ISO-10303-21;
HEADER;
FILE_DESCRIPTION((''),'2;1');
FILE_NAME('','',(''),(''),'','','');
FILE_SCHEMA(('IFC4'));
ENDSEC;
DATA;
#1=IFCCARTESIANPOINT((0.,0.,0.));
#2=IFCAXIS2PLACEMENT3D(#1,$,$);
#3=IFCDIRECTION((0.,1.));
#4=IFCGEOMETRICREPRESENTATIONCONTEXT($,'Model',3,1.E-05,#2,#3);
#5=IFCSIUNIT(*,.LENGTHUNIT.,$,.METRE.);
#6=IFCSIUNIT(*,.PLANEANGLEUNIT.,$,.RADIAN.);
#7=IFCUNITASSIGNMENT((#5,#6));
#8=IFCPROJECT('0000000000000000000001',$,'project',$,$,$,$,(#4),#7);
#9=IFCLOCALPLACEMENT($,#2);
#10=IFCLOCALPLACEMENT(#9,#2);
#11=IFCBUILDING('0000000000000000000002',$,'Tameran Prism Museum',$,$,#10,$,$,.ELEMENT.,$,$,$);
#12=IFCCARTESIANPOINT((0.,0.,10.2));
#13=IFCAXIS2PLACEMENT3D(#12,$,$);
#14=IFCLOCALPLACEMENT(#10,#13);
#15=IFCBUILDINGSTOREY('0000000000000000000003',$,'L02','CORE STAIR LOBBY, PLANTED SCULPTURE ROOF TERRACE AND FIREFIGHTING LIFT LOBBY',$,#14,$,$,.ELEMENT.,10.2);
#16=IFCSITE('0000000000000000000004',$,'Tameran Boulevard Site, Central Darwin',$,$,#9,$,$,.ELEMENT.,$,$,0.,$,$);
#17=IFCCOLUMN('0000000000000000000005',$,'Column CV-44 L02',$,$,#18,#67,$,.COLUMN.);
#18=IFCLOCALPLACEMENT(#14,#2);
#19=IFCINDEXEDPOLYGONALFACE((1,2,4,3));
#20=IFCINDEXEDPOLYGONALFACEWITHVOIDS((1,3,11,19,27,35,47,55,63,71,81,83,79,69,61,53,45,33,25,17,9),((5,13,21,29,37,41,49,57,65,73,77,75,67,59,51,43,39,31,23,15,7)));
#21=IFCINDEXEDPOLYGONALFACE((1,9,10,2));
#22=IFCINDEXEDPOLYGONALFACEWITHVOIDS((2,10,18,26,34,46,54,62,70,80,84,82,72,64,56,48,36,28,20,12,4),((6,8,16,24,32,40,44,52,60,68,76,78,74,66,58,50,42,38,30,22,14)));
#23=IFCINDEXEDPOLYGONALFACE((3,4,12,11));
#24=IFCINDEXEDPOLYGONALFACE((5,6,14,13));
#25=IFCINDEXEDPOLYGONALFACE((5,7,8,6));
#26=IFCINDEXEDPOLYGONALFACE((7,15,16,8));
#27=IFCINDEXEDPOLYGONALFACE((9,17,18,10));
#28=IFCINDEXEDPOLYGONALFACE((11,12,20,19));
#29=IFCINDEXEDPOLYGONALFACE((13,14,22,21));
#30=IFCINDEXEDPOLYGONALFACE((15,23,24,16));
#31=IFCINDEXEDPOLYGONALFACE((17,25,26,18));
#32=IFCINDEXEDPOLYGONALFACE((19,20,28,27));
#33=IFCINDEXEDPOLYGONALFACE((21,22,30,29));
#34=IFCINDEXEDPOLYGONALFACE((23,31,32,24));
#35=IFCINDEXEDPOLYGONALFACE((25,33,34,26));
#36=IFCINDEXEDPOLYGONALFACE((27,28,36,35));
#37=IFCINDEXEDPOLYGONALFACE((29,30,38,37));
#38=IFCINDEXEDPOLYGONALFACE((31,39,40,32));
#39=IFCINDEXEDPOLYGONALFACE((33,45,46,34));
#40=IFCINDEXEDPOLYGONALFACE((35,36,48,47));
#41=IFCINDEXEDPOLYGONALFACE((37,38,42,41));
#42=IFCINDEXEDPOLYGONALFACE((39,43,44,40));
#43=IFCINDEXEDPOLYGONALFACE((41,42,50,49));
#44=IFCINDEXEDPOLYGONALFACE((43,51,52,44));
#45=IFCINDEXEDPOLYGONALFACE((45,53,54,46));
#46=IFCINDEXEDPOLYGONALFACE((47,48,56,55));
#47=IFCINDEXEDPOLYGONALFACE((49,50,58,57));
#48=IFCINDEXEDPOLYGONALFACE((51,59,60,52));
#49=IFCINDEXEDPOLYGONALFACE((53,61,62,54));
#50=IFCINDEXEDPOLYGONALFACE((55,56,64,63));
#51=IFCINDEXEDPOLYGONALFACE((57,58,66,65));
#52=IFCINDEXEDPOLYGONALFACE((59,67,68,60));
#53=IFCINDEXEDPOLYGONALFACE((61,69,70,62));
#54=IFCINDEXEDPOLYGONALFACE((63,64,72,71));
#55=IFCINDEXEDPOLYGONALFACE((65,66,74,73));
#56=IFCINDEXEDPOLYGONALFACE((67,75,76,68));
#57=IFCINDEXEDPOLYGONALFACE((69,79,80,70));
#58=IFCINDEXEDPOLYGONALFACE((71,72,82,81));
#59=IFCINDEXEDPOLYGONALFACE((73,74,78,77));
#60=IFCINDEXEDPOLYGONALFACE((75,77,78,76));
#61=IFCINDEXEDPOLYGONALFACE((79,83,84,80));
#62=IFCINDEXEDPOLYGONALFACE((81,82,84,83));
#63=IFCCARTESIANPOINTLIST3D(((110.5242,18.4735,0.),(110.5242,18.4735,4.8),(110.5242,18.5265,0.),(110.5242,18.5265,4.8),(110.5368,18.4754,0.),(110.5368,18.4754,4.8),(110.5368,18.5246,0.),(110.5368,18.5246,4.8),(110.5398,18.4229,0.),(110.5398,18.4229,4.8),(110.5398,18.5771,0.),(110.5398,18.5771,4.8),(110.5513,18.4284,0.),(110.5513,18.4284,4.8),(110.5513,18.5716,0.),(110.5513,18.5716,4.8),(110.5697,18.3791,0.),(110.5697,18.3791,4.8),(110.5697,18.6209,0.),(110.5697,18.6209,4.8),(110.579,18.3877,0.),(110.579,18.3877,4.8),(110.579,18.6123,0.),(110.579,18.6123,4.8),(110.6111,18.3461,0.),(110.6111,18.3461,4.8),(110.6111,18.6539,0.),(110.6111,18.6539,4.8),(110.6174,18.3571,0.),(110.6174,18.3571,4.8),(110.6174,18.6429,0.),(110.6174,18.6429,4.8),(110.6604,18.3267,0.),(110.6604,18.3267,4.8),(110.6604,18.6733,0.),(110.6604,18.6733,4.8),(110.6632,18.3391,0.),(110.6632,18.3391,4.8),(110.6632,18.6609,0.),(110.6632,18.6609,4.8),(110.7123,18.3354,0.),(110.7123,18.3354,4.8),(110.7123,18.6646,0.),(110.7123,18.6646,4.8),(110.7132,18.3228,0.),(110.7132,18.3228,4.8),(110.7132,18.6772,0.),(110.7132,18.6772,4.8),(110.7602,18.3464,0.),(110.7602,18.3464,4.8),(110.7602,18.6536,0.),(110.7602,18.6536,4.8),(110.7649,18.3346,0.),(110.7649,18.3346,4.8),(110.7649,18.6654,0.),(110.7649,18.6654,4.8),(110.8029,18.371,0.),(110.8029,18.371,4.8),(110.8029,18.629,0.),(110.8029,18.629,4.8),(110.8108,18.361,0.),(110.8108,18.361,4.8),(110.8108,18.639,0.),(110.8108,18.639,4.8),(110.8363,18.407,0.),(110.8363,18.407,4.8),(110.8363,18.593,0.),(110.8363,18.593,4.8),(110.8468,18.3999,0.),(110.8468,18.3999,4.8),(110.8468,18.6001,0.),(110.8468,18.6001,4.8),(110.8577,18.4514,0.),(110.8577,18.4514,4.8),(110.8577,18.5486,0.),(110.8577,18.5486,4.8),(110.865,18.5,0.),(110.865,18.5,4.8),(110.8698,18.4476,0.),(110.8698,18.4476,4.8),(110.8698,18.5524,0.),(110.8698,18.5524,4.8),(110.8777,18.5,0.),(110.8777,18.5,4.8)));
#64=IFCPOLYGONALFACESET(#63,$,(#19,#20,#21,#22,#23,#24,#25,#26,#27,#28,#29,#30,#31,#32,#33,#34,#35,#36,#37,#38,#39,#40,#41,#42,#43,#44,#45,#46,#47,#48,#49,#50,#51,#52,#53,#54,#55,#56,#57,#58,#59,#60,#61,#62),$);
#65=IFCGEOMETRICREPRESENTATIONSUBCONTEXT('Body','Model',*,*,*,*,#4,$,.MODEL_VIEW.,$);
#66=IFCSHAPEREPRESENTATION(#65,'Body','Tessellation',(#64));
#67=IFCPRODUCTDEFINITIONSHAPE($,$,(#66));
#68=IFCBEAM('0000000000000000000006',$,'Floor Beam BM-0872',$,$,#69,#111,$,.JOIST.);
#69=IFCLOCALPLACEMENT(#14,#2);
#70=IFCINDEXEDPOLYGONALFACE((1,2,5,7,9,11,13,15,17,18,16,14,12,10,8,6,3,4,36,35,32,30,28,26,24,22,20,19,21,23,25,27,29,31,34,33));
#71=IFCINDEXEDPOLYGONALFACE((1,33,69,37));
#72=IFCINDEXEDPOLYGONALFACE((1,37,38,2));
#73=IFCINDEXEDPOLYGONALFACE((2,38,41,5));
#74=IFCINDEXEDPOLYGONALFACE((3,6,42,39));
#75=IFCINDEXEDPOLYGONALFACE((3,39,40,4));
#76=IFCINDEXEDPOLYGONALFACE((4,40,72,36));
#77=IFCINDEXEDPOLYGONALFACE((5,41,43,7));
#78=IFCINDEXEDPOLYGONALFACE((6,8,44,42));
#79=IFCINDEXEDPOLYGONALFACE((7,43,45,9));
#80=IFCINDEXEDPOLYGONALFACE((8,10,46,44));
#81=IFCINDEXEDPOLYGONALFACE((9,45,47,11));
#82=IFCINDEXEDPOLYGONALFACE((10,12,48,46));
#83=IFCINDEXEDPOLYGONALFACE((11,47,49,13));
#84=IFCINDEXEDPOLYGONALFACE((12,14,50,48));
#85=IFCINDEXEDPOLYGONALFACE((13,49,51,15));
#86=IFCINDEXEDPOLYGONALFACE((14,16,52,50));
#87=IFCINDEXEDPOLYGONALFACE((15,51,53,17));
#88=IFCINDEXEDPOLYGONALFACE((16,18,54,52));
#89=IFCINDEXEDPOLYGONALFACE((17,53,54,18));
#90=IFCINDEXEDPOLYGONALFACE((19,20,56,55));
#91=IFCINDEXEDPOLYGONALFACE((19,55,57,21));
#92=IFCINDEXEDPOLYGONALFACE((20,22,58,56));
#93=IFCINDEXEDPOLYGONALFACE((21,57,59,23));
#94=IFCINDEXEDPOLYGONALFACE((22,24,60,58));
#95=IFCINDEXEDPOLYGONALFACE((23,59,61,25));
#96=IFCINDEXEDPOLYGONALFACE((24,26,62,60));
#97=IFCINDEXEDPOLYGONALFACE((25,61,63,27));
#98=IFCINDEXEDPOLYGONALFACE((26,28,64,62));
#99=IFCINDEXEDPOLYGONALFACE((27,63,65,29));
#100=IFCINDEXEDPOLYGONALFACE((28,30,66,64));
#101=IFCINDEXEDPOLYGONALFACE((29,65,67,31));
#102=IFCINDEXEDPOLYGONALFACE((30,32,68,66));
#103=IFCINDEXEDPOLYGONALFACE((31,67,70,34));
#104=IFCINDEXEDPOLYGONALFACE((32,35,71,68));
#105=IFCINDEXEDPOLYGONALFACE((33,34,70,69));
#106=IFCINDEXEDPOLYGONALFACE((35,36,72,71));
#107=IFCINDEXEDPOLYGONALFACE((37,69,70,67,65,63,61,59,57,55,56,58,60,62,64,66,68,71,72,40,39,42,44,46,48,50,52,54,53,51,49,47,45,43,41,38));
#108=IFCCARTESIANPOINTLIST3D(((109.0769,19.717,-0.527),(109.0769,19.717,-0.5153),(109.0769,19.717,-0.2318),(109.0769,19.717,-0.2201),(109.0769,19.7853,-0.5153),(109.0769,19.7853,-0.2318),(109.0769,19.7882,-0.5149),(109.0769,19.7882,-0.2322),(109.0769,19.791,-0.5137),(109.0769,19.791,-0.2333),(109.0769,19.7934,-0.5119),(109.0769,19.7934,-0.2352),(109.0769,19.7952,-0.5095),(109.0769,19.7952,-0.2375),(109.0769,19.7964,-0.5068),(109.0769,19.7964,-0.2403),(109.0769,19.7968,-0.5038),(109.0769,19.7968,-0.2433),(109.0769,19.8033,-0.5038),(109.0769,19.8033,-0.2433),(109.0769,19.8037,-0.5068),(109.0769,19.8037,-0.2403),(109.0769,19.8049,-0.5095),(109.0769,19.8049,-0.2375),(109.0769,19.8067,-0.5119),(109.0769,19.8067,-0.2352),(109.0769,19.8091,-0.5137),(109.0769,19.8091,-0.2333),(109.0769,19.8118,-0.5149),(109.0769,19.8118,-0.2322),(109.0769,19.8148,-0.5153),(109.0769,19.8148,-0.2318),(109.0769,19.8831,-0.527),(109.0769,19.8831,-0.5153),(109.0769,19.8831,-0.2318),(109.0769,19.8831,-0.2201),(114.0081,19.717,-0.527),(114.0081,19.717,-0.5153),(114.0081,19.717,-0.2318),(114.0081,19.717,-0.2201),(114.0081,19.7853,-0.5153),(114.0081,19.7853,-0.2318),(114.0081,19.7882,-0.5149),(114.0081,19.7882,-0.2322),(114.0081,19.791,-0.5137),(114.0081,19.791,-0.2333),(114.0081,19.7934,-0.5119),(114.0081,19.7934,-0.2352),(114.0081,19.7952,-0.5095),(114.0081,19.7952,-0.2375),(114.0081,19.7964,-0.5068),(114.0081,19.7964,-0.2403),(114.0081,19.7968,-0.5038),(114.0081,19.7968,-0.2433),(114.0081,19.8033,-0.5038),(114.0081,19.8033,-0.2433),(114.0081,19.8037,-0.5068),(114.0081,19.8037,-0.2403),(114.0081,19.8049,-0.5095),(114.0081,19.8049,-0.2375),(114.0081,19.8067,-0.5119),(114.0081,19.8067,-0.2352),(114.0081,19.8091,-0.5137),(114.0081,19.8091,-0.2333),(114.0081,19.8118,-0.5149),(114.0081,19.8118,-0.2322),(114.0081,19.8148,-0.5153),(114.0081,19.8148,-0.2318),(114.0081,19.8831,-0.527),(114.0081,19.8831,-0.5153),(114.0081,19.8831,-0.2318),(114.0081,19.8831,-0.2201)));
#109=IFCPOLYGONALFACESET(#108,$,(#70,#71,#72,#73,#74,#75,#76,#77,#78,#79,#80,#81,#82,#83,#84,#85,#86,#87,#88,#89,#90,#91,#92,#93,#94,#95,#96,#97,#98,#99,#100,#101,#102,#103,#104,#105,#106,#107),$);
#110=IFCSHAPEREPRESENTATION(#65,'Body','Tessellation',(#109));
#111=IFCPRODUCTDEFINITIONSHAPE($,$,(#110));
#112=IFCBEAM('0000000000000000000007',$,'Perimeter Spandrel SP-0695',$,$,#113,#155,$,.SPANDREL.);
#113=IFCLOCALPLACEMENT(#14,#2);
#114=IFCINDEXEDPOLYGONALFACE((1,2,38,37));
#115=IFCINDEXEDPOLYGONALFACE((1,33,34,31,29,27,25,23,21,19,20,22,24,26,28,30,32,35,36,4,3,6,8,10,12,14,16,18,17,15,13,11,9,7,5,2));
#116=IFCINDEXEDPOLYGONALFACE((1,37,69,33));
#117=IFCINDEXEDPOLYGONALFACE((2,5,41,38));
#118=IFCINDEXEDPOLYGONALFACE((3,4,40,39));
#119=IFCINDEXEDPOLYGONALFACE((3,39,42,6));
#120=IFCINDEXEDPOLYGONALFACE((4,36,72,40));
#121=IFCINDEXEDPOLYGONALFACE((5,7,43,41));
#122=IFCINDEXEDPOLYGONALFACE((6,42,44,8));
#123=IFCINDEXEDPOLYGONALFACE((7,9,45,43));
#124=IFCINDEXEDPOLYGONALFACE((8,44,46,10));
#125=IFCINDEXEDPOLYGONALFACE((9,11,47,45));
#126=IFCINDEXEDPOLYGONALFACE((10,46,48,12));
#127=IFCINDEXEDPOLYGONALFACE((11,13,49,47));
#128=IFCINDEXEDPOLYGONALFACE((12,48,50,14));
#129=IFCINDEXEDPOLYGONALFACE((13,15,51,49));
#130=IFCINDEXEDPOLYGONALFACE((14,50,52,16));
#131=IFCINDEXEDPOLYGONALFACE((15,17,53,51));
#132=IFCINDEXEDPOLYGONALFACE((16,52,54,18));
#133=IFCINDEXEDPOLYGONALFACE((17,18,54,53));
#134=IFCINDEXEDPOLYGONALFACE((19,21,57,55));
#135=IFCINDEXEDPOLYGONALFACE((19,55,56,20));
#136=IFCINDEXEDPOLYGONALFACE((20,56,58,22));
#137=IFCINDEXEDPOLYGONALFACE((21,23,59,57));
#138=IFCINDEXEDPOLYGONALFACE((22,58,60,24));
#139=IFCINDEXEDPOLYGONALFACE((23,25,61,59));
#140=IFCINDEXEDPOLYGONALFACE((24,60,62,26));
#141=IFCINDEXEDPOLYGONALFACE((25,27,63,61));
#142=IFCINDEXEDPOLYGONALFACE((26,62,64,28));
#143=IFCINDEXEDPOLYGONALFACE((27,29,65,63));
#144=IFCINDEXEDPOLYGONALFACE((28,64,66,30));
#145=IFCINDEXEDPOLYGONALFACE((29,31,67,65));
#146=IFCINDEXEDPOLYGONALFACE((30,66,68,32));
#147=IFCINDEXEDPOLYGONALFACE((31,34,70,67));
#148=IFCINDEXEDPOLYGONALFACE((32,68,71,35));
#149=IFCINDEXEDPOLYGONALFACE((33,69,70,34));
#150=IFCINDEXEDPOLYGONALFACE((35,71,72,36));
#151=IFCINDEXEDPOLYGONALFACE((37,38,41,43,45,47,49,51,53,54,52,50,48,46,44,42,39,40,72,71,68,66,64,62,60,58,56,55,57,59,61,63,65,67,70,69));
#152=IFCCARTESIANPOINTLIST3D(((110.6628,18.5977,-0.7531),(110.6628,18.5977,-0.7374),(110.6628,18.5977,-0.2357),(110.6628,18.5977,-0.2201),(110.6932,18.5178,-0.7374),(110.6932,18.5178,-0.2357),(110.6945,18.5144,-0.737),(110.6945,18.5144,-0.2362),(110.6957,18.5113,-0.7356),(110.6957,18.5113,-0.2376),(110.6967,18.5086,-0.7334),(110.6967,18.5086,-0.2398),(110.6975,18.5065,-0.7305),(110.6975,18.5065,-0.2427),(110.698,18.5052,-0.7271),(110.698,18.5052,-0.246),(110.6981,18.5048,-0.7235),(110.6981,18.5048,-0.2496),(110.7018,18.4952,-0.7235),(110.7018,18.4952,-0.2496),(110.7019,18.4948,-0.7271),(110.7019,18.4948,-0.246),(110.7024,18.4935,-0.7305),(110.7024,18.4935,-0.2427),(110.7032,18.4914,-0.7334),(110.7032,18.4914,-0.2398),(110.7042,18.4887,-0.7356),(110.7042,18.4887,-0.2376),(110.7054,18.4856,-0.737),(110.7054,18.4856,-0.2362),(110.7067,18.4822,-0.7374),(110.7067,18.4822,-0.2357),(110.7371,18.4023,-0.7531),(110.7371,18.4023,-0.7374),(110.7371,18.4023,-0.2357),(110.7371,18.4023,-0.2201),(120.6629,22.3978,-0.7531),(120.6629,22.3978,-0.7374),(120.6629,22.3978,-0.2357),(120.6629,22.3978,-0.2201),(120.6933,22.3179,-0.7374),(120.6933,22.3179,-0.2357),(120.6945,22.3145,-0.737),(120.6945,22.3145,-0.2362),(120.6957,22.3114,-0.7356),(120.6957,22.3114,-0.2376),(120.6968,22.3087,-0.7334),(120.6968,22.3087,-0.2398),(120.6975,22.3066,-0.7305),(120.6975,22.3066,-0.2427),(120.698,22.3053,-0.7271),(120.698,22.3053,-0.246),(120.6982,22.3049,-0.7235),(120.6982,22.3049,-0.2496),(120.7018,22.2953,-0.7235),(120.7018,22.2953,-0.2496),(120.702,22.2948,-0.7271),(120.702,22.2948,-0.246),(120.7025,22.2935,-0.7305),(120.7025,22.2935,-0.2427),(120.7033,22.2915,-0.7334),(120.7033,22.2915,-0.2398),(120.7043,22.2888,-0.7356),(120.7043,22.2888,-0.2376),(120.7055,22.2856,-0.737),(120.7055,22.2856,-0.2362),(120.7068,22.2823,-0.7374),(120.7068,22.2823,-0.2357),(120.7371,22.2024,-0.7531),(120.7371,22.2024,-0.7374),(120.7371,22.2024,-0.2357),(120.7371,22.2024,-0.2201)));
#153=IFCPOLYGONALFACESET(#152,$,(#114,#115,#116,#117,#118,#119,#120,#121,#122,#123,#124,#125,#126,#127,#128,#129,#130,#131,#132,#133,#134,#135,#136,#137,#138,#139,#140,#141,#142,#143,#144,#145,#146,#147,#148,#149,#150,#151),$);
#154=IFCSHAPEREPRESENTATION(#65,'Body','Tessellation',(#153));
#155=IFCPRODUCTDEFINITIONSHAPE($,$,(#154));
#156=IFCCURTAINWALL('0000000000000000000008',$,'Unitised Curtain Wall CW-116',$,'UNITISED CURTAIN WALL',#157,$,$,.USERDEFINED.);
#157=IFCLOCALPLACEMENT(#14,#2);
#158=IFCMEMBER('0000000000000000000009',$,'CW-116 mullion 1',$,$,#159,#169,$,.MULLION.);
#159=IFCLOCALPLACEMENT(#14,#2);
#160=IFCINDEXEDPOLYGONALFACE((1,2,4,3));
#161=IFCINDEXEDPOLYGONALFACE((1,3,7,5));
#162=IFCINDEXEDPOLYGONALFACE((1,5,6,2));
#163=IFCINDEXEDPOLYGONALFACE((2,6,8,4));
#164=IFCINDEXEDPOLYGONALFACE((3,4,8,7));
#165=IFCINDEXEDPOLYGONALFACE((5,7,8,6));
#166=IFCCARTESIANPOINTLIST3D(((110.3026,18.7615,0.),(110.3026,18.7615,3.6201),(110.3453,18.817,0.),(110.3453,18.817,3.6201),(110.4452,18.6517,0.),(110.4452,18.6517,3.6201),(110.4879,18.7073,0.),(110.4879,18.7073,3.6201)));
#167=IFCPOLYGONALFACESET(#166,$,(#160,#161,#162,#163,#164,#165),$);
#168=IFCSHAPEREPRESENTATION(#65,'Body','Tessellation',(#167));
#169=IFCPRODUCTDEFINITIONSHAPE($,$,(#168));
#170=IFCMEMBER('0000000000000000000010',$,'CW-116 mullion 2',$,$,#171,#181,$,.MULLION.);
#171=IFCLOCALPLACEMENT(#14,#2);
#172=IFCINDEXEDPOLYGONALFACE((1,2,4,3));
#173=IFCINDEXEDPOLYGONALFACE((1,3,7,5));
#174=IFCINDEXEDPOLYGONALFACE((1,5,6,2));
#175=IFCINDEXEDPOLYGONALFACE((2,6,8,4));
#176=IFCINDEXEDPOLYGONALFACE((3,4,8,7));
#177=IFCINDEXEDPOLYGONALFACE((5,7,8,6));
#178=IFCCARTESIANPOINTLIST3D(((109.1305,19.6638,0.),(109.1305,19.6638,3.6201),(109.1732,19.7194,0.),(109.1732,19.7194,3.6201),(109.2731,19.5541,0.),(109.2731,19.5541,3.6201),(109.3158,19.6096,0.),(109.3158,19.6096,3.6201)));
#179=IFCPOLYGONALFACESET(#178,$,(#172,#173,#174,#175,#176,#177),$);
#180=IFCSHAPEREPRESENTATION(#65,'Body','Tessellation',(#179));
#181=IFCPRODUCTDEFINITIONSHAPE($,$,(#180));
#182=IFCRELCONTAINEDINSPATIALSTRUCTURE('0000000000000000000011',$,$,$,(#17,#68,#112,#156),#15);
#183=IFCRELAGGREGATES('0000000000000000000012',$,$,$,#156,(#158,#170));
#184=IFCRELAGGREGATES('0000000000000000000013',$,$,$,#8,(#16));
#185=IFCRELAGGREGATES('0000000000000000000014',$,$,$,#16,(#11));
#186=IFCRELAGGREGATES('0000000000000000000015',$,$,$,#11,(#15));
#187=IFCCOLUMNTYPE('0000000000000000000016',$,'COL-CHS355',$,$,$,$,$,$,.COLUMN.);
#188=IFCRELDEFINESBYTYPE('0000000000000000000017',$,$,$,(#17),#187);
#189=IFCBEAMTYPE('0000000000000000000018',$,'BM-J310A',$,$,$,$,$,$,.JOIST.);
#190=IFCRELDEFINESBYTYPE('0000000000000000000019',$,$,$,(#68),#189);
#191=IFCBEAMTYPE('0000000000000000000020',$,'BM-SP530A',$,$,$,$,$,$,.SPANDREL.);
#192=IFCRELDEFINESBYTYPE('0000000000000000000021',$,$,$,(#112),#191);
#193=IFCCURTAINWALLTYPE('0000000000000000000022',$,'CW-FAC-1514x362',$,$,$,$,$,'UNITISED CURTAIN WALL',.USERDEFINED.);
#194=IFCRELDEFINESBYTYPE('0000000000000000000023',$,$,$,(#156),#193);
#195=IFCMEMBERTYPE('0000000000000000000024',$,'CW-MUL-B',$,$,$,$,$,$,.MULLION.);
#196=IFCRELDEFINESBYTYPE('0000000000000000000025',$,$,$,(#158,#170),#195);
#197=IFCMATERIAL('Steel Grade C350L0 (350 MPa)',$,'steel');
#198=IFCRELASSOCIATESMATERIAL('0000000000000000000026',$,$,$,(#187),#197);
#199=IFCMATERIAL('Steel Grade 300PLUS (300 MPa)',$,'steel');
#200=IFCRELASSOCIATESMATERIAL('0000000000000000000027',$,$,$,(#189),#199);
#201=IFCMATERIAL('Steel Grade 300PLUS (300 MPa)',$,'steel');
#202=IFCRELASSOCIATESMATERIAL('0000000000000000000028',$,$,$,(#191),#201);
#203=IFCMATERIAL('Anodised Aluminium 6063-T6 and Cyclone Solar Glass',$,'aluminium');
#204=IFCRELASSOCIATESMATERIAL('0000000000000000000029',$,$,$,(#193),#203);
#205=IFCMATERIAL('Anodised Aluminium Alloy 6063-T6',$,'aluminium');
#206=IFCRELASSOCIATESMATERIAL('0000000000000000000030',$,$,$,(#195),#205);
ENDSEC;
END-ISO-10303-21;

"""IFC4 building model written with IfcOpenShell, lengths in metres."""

from ifc_helpers import new_model, si_unit, direction, frame, origin, origin_2d, place, context, subcontext, project, spatial, rectangle, hollow_circle, i_section, extrude, material, material_profile, profile_set, type_object, element, aggregate, save


model = new_model("IFC4")

# Units and contexts
model_context = context("Model", 3, precision=1e-05, world=origin(), true_north=direction((0.0, 1.0)))
body_context = subcontext(model_context, "Body", "Model", "MODEL_VIEW")
ifc_project = project(units=[si_unit("LENGTHUNIT", "METRE"), si_unit("PLANEANGLEUNIT", "RADIAN")], contexts=[model_context])

# Site, building, storey
site_placement = place(None, origin())
site = spatial("IfcSite", under=ifc_project, at=site_placement, Name="Tameran Boulevard Site, Central Darwin", CompositionType="ELEMENT", RefElevation=0.0)
building_placement = place(site_placement, origin())
building = spatial("IfcBuilding", under=site, at=building_placement, Name="Tameran Prism Museum", CompositionType="ELEMENT")
storey_placement = place(building_placement, frame((0.0, 0.0, 10.2)))
storey = spatial("IfcBuildingStorey", under=building, at=storey_placement, Name="L02", Description="CORE STAIR LOBBY, PLANTED SCULPTURE ROOF TERRACE AND FIREFIGHTING LIFT LOBBY", CompositionType="ELEMENT", Elevation=10.2)

# Column
ifc_material_1 = material(Name="Steel Grade C350L0 (350 MPa)", Category="steel")
ifc_material_profile_1 = material_profile(ifc_material_1, hollow_circle(Radius=0.1777, WallThickness=0.0127, at=origin_2d()))
ifc_profile_set_1 = profile_set([ifc_material_profile_1])
column_type = type_object("IfcColumnType", Name="COL-CHS355", PredefinedType="COLUMN", material=ifc_profile_set_1)
column_placement = place(storey_placement, frame((110.7, 18.5, 0.0), z_axis=(0.0, 0.0, 1.0), x_axis=(1.0, 0.0, 0.0)))
element("IfcColumn", 1, at=column_placement, inside=storey, type_object=column_type, Name="Column CV-44 L02", PredefinedType="COLUMN", context=body_context, shape_type="SweptSolid", body=[
    extrude(hollow_circle(Radius=0.1777, WallThickness=0.0127, at=origin_2d()), origin(), (0.0, 0.0, 1.0), 4.8),
])

# Beams
ifc_material_2 = material(Name="Steel Grade 300PLUS (300 MPa)", Category="steel")
ifc_material_profile_2 = material_profile(ifc_material_2, i_section(OverallWidth=0.166, OverallDepth=0.3069, WebThickness=0.0066, FlangeThickness=0.0117, FilletRadius=0.0115, at=origin_2d()))
ifc_profile_set_2 = profile_set([ifc_material_profile_2])
beam_type_1 = type_object("IfcBeamType", Name="BM-J310A", PredefinedType="JOIST", material=ifc_profile_set_2)
beam_1_placement = place(storey_placement, frame((109.0769, 19.8, -0.3735), z_axis=(1.0, 0.0, 0.0), x_axis=(0.0, 1.0, 0.0)))
element("IfcBeam", 2, at=beam_1_placement, inside=storey, type_object=beam_type_1, Name="Floor Beam BM-0872", PredefinedType="JOIST", context=body_context, shape_type="SweptSolid", body=[
    extrude(i_section(OverallWidth=0.166, OverallDepth=0.3069, WebThickness=0.0066, FlangeThickness=0.0117, FilletRadius=0.0115, at=origin_2d()), origin(), (0.0, 0.0, 1.0), 4.9312),
])
ifc_material_3 = material(Name="Steel Grade 300PLUS (300 MPa)", Category="steel")
ifc_material_profile_3 = material_profile(ifc_material_3, i_section(OverallWidth=0.209, OverallDepth=0.533, WebThickness=0.0103, FlangeThickness=0.0156, FilletRadius=0.0139, at=origin_2d()))
ifc_profile_set_3 = profile_set([ifc_material_profile_3])
beam_type_2 = type_object("IfcBeamType", Name="BM-SP530A", PredefinedType="SPANDREL", material=ifc_profile_set_3)
beam_2_placement = place(storey_placement, frame((110.7, 18.5, -0.4866), z_axis=(0.934782, 0.355222, 0.0), x_axis=(-0.355222, 0.934782, 0.0)))
element("IfcBeam", 3, at=beam_2_placement, inside=storey, type_object=beam_type_2, Name="Perimeter Spandrel SP-0695", PredefinedType="SPANDREL", context=body_context, shape_type="SweptSolid", body=[
    extrude(i_section(OverallWidth=0.209, OverallDepth=0.533, WebThickness=0.0103, FlangeThickness=0.0156, FilletRadius=0.0139, at=origin_2d()), origin(), (0.0, 0.0, 1.0), 10.6978),
])

# Curtain wall, members
ifc_material_4 = material(Name="Anodised Aluminium 6063-T6 and Cyclone Solar Glass", Category="aluminium")
curtain_wall_type_1 = type_object("IfcCurtainWallType", Name="CW-FAC-1514x362", ElementType="UNITISED CURTAIN WALL", PredefinedType="USERDEFINED", material=ifc_material_4)
curtain_wall_1_placement = place(storey_placement, origin())
curtain_wall_1 = element("IfcCurtainWall", 4, at=curtain_wall_1_placement, inside=storey, type_object=curtain_wall_type_1, Name="Unitised Curtain Wall CW-116", ObjectType="UNITISED CURTAIN WALL", PredefinedType="USERDEFINED")
ifc_material_5 = material(Name="Anodised Aluminium Alloy 6063-T6", Category="aluminium")
ifc_material_profile_4 = material_profile(ifc_material_5, rectangle(XDim=0.0701, YDim=0.1799, at=origin_2d()))
ifc_profile_set_4 = profile_set([ifc_material_profile_4])
member_type_1 = type_object("IfcMemberType", Name="CW-MUL-B", PredefinedType="MULLION", material=ifc_profile_set_4)
member_1_placement = place(storey_placement, frame((110.3953, 18.7344, 0.0), z_axis=(0.0, 0.0, 1.0), x_axis=(-0.610001, -0.792401, 0.0)))
member_1 = element("IfcMember", 5, at=member_1_placement, type_object=member_type_1, Name="CW-116 mullion 1", PredefinedType="MULLION", context=body_context, shape_type="SweptSolid", body=[
    extrude(rectangle(XDim=0.0701, YDim=0.1799, at=origin_2d()), origin(), (0.0, 0.0, 1.0), 3.6201),
])
member_2_placement = place(storey_placement, frame((109.2231, 19.6367, 0.0), z_axis=(0.0, 0.0, 1.0), x_axis=(-0.610001, -0.792401, 0.0)))
member_2 = element("IfcMember", 6, at=member_2_placement, type_object=member_type_1, Name="CW-116 mullion 2", PredefinedType="MULLION", context=body_context, shape_type="SweptSolid", body=[
    extrude(rectangle(XDim=0.0701, YDim=0.1799, at=origin_2d()), origin(), (0.0, 0.0, 1.0), 3.6201),
])

aggregate(curtain_wall_1, [member_1, member_2])

save(model, "model.ifc")
